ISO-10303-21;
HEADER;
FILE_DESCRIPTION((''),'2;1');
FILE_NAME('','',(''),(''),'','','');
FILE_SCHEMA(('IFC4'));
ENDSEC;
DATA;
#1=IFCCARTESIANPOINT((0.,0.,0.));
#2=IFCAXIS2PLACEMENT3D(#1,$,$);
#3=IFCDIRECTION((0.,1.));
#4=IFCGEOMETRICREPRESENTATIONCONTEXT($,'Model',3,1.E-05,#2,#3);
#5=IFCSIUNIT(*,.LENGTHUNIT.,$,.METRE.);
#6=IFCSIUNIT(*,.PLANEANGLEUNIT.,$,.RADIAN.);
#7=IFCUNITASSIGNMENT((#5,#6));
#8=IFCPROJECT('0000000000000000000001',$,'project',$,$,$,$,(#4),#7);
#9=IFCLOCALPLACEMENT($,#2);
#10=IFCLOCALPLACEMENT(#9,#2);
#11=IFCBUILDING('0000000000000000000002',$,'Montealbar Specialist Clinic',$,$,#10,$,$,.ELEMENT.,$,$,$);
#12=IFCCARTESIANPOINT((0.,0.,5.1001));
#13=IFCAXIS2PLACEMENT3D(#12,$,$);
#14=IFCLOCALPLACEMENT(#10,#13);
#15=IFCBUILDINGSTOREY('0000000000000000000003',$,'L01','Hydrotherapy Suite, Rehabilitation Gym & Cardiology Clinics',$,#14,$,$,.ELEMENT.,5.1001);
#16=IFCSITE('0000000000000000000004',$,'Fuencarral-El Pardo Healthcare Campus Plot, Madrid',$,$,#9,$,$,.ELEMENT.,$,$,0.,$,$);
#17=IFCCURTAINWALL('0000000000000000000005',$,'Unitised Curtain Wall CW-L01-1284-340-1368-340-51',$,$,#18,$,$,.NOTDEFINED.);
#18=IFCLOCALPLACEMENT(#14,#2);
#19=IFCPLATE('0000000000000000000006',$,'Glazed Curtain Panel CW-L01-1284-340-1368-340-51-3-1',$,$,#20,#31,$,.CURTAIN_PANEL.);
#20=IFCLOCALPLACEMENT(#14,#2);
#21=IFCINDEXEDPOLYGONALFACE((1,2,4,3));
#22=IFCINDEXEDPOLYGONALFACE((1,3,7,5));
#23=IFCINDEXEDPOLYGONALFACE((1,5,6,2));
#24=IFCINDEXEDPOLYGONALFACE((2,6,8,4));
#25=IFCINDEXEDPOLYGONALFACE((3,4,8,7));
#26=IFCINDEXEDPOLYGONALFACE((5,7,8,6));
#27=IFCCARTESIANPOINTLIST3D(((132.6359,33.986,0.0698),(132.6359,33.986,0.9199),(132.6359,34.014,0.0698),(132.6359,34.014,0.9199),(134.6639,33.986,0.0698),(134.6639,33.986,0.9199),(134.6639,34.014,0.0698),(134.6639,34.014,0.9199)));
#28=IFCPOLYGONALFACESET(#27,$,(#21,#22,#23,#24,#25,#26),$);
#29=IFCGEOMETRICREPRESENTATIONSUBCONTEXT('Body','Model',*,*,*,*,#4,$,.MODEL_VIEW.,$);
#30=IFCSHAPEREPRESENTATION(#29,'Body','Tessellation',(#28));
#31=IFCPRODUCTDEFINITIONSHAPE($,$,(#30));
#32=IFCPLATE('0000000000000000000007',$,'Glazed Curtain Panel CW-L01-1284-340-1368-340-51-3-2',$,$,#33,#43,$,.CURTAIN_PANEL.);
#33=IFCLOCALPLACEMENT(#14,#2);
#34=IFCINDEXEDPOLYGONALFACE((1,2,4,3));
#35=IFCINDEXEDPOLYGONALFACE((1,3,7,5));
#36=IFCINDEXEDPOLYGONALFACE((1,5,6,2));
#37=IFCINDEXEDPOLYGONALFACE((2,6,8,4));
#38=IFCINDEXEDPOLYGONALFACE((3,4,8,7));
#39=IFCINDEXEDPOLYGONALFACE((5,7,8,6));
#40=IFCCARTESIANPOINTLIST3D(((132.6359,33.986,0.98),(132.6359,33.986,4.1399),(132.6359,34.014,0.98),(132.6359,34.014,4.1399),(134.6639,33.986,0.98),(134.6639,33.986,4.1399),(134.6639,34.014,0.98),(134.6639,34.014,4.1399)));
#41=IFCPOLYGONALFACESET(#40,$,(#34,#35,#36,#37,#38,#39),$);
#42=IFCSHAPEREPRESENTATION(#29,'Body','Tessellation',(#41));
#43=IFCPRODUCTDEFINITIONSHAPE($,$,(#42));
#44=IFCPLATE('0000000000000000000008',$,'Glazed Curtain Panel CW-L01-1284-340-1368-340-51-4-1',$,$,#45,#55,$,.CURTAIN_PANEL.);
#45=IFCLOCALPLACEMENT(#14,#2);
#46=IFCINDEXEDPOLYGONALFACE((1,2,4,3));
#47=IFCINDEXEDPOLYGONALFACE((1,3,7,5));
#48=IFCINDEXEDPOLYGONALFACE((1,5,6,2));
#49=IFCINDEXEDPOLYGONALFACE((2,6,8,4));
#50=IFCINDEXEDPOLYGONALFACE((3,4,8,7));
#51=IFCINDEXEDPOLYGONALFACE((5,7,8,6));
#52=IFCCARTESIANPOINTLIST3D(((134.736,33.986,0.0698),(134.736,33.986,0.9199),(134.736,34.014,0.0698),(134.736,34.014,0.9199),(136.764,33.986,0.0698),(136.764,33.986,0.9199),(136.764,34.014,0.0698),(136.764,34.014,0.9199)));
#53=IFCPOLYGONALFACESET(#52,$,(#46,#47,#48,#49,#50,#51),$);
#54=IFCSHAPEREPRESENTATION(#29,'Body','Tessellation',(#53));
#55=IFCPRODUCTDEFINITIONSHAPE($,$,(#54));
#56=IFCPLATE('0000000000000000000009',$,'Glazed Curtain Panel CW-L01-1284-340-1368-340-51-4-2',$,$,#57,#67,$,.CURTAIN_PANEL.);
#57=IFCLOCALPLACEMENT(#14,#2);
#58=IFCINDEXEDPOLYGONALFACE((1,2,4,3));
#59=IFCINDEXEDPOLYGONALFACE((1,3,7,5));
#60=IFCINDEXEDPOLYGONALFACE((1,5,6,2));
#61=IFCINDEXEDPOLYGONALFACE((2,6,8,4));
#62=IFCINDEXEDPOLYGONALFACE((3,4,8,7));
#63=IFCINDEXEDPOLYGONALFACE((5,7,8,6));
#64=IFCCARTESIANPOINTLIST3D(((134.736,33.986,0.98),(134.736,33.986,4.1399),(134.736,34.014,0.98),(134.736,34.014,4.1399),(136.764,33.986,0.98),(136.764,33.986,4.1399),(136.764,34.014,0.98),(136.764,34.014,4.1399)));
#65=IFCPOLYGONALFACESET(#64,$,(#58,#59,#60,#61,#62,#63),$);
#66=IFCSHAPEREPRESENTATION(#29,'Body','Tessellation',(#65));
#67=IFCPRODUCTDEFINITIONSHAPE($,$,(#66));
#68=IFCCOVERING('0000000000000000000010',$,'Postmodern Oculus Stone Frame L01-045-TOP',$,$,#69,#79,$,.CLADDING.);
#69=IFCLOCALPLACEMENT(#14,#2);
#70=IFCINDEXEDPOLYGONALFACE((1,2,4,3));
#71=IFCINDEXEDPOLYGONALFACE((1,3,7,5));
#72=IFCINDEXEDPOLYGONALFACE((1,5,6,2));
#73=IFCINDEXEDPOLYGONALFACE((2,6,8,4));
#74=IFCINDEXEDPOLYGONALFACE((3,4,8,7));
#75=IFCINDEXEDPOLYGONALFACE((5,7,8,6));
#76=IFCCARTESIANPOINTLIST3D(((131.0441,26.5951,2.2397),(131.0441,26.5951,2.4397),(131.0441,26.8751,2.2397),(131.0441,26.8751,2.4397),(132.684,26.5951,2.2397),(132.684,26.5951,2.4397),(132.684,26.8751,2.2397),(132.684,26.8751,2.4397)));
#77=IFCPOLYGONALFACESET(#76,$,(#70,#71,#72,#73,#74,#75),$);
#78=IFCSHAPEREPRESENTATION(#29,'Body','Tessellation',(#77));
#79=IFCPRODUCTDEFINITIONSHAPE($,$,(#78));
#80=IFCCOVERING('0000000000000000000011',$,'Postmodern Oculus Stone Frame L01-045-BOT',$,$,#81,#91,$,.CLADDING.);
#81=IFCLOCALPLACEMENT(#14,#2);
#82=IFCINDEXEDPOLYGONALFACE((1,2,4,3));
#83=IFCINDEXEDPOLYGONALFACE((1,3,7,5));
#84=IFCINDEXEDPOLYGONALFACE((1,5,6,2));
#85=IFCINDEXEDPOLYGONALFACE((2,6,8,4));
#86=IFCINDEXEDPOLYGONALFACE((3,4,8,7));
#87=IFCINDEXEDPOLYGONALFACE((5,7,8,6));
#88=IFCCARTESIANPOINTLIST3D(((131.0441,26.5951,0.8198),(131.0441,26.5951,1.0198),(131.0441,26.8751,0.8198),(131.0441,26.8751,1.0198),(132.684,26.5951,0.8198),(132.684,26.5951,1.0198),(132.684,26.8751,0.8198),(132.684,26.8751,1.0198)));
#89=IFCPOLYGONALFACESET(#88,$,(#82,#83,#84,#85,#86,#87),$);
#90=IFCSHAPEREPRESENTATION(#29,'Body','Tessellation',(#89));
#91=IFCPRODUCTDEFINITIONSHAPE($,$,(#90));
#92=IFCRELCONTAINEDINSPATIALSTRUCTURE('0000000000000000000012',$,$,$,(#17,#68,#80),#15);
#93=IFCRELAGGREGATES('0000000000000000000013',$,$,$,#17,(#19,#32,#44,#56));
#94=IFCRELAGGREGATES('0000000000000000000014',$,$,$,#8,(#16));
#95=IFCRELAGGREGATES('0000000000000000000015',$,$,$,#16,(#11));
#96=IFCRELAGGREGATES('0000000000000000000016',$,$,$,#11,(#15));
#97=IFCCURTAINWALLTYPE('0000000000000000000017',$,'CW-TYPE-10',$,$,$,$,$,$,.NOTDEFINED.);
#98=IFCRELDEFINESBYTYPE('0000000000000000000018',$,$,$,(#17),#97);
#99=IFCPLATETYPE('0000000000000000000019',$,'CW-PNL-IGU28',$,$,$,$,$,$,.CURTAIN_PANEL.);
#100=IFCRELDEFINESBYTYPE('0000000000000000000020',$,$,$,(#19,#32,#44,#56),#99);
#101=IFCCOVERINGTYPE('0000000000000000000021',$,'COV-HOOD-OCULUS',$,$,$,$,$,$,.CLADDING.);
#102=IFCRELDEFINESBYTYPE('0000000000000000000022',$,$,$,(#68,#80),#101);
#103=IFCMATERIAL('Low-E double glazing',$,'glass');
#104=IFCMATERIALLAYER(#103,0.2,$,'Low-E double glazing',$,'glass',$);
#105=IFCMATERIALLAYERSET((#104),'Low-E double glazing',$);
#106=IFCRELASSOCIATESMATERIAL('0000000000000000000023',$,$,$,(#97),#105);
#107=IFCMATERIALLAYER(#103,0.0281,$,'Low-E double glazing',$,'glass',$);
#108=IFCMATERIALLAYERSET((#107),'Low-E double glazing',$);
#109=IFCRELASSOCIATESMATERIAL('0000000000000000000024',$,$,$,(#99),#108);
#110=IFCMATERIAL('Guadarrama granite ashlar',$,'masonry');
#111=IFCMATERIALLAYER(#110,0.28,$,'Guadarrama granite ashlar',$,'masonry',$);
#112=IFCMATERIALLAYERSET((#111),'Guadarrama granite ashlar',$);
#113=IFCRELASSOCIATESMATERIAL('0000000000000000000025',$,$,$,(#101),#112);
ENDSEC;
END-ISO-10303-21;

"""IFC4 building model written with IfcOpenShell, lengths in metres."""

from ifc_helpers import new_model, si_unit, direction, frame, origin, origin_2d, place, context, subcontext, project, spatial, rectangle, extrude, material, layer, layer_set, type_object, element, aggregate, save


model = new_model("IFC4")

# Units and contexts
model_context = context("Model", 3, precision=1e-05, world=origin(), true_north=direction((0.0, 1.0)))
body_context = subcontext(model_context, "Body", "Model", "MODEL_VIEW")
ifc_project = project(units=[si_unit("LENGTHUNIT", "METRE"), si_unit("PLANEANGLEUNIT", "RADIAN")], contexts=[model_context])

# Site, building, storey
site_placement = place(None, origin())
site = spatial("IfcSite", under=ifc_project, at=site_placement, Name="Fuencarral-El Pardo Healthcare Campus Plot, Madrid", CompositionType="ELEMENT", RefElevation=0.0)
building_placement = place(site_placement, origin())
building = spatial("IfcBuilding", under=site, at=building_placement, Name="Montealbar Specialist Clinic", CompositionType="ELEMENT")
storey_placement = place(building_placement, frame((0.0, 0.0, 5.1001)))
storey = spatial("IfcBuildingStorey", under=building, at=storey_placement, Name="L01", Description="Hydrotherapy Suite, Rehabilitation Gym & Cardiology Clinics", CompositionType="ELEMENT", Elevation=5.1001)

# Curtain wall
ifc_material_1 = material(Name="Low-E double glazing", Category="glass")
ifc_layer_1 = layer(ifc_material_1, 0.2, Name="Low-E double glazing", Category="glass")
ifc_layer_set_1 = layer_set([ifc_layer_1], Name="Low-E double glazing")
curtain_wall_type_1 = type_object("IfcCurtainWallType", Name="CW-TYPE-10", PredefinedType="NOTDEFINED", material=ifc_layer_set_1)
curtain_wall_1_placement = place(storey_placement, origin())
curtain_wall_1 = element("IfcCurtainWall", 1, at=curtain_wall_1_placement, inside=storey, type_object=curtain_wall_type_1, Name="Unitised Curtain Wall CW-L01-1284-340-1368-340-51", PredefinedType="NOTDEFINED")

# Plates
ifc_layer_2 = layer(ifc_material_1, 0.0281, Name="Low-E double glazing", Category="glass")
ifc_layer_set_2 = layer_set([ifc_layer_2], Name="Low-E double glazing")
plate_type = type_object("IfcPlateType", Name="CW-PNL-IGU28", PredefinedType="CURTAIN_PANEL", material=ifc_layer_set_2)
plate_1_placement = place(storey_placement, frame((133.6499, 34.0, 0.0698), z_axis=(0.0, 0.0, 1.0), x_axis=(1.0, 0.0, 0.0)))
plate_1 = element("IfcPlate", 2, at=plate_1_placement, type_object=plate_type, Name="Glazed Curtain Panel CW-L01-1284-340-1368-340-51-3-1", PredefinedType="CURTAIN_PANEL", context=body_context, shape_type="SweptSolid", body=[
    extrude(rectangle(XDim=2.0281, YDim=0.0281, at=origin_2d()), origin(), (0.0, 0.0, 1.0), 0.8501),
])
plate_2_placement = place(storey_placement, frame((133.6499, 34.0, 0.98), z_axis=(0.0, 0.0, 1.0), x_axis=(1.0, 0.0, 0.0)))
plate_2 = element("IfcPlate", 3, at=plate_2_placement, type_object=plate_type, Name="Glazed Curtain Panel CW-L01-1284-340-1368-340-51-3-2", PredefinedType="CURTAIN_PANEL", context=body_context, shape_type="SweptSolid", body=[
    extrude(rectangle(XDim=2.0281, YDim=0.0281, at=origin_2d()), origin(), (0.0, 0.0, 1.0), 3.1599),
])
plate_3_placement = place(storey_placement, frame((135.75, 34.0, 0.0698), z_axis=(0.0, 0.0, 1.0), x_axis=(1.0, 0.0, 0.0)))
plate_3 = element("IfcPlate", 4, at=plate_3_placement, type_object=plate_type, Name="Glazed Curtain Panel CW-L01-1284-340-1368-340-51-4-1", PredefinedType="CURTAIN_PANEL", context=body_context, shape_type="SweptSolid", body=[
    extrude(rectangle(XDim=2.0281, YDim=0.0281, at=origin_2d()), origin(), (0.0, 0.0, 1.0), 0.8501),
])
plate_4_placement = place(storey_placement, frame((135.75, 34.0, 0.98), z_axis=(0.0, 0.0, 1.0), x_axis=(1.0, 0.0, 0.0)))
plate_4 = element("IfcPlate", 5, at=plate_4_placement, type_object=plate_type, Name="Glazed Curtain Panel CW-L01-1284-340-1368-340-51-4-2", PredefinedType="CURTAIN_PANEL", context=body_context, shape_type="SweptSolid", body=[
    extrude(rectangle(XDim=2.0281, YDim=0.0281, at=origin_2d()), origin(), (0.0, 0.0, 1.0), 3.1599),
])
aggregate(curtain_wall_1, [plate_1, plate_2, plate_3, plate_4])

# Coverings
ifc_material_2 = material(Name="Guadarrama granite ashlar", Category="masonry")
ifc_layer_3 = layer(ifc_material_2, 0.28, Name="Guadarrama granite ashlar", Category="masonry")
ifc_layer_set_3 = layer_set([ifc_layer_3], Name="Guadarrama granite ashlar")
covering_type = type_object("IfcCoveringType", Name="COV-HOOD-OCULUS", PredefinedType="CLADDING", material=ifc_layer_set_3)
for number, where, z_axis, x_axis, name in (
    (6, (131.864, 26.7351, 2.2397), (0.0, 0.0, 1.0), (-1.0, 0.0, 0.0), "Postmodern Oculus Stone Frame L01-045-TOP"),
    (7, (131.864, 26.7351, 0.8198), (0.0, 0.0, 1.0), (-1.0, 0.0, 0.0), "Postmodern Oculus Stone Frame L01-045-BOT"),
):
    element("IfcCovering", number, at=place(storey_placement, frame(where, z_axis=z_axis, x_axis=x_axis)), inside=storey, type_object=covering_type, Name=name, PredefinedType="CLADDING", context=body_context, shape_type="SweptSolid", body=[
        extrude(rectangle(XDim=1.6399, YDim=0.28, at=origin_2d()), origin(), (0.0, 0.0, 1.0), 0.2),
    ])

save(model, "model.ifc")
